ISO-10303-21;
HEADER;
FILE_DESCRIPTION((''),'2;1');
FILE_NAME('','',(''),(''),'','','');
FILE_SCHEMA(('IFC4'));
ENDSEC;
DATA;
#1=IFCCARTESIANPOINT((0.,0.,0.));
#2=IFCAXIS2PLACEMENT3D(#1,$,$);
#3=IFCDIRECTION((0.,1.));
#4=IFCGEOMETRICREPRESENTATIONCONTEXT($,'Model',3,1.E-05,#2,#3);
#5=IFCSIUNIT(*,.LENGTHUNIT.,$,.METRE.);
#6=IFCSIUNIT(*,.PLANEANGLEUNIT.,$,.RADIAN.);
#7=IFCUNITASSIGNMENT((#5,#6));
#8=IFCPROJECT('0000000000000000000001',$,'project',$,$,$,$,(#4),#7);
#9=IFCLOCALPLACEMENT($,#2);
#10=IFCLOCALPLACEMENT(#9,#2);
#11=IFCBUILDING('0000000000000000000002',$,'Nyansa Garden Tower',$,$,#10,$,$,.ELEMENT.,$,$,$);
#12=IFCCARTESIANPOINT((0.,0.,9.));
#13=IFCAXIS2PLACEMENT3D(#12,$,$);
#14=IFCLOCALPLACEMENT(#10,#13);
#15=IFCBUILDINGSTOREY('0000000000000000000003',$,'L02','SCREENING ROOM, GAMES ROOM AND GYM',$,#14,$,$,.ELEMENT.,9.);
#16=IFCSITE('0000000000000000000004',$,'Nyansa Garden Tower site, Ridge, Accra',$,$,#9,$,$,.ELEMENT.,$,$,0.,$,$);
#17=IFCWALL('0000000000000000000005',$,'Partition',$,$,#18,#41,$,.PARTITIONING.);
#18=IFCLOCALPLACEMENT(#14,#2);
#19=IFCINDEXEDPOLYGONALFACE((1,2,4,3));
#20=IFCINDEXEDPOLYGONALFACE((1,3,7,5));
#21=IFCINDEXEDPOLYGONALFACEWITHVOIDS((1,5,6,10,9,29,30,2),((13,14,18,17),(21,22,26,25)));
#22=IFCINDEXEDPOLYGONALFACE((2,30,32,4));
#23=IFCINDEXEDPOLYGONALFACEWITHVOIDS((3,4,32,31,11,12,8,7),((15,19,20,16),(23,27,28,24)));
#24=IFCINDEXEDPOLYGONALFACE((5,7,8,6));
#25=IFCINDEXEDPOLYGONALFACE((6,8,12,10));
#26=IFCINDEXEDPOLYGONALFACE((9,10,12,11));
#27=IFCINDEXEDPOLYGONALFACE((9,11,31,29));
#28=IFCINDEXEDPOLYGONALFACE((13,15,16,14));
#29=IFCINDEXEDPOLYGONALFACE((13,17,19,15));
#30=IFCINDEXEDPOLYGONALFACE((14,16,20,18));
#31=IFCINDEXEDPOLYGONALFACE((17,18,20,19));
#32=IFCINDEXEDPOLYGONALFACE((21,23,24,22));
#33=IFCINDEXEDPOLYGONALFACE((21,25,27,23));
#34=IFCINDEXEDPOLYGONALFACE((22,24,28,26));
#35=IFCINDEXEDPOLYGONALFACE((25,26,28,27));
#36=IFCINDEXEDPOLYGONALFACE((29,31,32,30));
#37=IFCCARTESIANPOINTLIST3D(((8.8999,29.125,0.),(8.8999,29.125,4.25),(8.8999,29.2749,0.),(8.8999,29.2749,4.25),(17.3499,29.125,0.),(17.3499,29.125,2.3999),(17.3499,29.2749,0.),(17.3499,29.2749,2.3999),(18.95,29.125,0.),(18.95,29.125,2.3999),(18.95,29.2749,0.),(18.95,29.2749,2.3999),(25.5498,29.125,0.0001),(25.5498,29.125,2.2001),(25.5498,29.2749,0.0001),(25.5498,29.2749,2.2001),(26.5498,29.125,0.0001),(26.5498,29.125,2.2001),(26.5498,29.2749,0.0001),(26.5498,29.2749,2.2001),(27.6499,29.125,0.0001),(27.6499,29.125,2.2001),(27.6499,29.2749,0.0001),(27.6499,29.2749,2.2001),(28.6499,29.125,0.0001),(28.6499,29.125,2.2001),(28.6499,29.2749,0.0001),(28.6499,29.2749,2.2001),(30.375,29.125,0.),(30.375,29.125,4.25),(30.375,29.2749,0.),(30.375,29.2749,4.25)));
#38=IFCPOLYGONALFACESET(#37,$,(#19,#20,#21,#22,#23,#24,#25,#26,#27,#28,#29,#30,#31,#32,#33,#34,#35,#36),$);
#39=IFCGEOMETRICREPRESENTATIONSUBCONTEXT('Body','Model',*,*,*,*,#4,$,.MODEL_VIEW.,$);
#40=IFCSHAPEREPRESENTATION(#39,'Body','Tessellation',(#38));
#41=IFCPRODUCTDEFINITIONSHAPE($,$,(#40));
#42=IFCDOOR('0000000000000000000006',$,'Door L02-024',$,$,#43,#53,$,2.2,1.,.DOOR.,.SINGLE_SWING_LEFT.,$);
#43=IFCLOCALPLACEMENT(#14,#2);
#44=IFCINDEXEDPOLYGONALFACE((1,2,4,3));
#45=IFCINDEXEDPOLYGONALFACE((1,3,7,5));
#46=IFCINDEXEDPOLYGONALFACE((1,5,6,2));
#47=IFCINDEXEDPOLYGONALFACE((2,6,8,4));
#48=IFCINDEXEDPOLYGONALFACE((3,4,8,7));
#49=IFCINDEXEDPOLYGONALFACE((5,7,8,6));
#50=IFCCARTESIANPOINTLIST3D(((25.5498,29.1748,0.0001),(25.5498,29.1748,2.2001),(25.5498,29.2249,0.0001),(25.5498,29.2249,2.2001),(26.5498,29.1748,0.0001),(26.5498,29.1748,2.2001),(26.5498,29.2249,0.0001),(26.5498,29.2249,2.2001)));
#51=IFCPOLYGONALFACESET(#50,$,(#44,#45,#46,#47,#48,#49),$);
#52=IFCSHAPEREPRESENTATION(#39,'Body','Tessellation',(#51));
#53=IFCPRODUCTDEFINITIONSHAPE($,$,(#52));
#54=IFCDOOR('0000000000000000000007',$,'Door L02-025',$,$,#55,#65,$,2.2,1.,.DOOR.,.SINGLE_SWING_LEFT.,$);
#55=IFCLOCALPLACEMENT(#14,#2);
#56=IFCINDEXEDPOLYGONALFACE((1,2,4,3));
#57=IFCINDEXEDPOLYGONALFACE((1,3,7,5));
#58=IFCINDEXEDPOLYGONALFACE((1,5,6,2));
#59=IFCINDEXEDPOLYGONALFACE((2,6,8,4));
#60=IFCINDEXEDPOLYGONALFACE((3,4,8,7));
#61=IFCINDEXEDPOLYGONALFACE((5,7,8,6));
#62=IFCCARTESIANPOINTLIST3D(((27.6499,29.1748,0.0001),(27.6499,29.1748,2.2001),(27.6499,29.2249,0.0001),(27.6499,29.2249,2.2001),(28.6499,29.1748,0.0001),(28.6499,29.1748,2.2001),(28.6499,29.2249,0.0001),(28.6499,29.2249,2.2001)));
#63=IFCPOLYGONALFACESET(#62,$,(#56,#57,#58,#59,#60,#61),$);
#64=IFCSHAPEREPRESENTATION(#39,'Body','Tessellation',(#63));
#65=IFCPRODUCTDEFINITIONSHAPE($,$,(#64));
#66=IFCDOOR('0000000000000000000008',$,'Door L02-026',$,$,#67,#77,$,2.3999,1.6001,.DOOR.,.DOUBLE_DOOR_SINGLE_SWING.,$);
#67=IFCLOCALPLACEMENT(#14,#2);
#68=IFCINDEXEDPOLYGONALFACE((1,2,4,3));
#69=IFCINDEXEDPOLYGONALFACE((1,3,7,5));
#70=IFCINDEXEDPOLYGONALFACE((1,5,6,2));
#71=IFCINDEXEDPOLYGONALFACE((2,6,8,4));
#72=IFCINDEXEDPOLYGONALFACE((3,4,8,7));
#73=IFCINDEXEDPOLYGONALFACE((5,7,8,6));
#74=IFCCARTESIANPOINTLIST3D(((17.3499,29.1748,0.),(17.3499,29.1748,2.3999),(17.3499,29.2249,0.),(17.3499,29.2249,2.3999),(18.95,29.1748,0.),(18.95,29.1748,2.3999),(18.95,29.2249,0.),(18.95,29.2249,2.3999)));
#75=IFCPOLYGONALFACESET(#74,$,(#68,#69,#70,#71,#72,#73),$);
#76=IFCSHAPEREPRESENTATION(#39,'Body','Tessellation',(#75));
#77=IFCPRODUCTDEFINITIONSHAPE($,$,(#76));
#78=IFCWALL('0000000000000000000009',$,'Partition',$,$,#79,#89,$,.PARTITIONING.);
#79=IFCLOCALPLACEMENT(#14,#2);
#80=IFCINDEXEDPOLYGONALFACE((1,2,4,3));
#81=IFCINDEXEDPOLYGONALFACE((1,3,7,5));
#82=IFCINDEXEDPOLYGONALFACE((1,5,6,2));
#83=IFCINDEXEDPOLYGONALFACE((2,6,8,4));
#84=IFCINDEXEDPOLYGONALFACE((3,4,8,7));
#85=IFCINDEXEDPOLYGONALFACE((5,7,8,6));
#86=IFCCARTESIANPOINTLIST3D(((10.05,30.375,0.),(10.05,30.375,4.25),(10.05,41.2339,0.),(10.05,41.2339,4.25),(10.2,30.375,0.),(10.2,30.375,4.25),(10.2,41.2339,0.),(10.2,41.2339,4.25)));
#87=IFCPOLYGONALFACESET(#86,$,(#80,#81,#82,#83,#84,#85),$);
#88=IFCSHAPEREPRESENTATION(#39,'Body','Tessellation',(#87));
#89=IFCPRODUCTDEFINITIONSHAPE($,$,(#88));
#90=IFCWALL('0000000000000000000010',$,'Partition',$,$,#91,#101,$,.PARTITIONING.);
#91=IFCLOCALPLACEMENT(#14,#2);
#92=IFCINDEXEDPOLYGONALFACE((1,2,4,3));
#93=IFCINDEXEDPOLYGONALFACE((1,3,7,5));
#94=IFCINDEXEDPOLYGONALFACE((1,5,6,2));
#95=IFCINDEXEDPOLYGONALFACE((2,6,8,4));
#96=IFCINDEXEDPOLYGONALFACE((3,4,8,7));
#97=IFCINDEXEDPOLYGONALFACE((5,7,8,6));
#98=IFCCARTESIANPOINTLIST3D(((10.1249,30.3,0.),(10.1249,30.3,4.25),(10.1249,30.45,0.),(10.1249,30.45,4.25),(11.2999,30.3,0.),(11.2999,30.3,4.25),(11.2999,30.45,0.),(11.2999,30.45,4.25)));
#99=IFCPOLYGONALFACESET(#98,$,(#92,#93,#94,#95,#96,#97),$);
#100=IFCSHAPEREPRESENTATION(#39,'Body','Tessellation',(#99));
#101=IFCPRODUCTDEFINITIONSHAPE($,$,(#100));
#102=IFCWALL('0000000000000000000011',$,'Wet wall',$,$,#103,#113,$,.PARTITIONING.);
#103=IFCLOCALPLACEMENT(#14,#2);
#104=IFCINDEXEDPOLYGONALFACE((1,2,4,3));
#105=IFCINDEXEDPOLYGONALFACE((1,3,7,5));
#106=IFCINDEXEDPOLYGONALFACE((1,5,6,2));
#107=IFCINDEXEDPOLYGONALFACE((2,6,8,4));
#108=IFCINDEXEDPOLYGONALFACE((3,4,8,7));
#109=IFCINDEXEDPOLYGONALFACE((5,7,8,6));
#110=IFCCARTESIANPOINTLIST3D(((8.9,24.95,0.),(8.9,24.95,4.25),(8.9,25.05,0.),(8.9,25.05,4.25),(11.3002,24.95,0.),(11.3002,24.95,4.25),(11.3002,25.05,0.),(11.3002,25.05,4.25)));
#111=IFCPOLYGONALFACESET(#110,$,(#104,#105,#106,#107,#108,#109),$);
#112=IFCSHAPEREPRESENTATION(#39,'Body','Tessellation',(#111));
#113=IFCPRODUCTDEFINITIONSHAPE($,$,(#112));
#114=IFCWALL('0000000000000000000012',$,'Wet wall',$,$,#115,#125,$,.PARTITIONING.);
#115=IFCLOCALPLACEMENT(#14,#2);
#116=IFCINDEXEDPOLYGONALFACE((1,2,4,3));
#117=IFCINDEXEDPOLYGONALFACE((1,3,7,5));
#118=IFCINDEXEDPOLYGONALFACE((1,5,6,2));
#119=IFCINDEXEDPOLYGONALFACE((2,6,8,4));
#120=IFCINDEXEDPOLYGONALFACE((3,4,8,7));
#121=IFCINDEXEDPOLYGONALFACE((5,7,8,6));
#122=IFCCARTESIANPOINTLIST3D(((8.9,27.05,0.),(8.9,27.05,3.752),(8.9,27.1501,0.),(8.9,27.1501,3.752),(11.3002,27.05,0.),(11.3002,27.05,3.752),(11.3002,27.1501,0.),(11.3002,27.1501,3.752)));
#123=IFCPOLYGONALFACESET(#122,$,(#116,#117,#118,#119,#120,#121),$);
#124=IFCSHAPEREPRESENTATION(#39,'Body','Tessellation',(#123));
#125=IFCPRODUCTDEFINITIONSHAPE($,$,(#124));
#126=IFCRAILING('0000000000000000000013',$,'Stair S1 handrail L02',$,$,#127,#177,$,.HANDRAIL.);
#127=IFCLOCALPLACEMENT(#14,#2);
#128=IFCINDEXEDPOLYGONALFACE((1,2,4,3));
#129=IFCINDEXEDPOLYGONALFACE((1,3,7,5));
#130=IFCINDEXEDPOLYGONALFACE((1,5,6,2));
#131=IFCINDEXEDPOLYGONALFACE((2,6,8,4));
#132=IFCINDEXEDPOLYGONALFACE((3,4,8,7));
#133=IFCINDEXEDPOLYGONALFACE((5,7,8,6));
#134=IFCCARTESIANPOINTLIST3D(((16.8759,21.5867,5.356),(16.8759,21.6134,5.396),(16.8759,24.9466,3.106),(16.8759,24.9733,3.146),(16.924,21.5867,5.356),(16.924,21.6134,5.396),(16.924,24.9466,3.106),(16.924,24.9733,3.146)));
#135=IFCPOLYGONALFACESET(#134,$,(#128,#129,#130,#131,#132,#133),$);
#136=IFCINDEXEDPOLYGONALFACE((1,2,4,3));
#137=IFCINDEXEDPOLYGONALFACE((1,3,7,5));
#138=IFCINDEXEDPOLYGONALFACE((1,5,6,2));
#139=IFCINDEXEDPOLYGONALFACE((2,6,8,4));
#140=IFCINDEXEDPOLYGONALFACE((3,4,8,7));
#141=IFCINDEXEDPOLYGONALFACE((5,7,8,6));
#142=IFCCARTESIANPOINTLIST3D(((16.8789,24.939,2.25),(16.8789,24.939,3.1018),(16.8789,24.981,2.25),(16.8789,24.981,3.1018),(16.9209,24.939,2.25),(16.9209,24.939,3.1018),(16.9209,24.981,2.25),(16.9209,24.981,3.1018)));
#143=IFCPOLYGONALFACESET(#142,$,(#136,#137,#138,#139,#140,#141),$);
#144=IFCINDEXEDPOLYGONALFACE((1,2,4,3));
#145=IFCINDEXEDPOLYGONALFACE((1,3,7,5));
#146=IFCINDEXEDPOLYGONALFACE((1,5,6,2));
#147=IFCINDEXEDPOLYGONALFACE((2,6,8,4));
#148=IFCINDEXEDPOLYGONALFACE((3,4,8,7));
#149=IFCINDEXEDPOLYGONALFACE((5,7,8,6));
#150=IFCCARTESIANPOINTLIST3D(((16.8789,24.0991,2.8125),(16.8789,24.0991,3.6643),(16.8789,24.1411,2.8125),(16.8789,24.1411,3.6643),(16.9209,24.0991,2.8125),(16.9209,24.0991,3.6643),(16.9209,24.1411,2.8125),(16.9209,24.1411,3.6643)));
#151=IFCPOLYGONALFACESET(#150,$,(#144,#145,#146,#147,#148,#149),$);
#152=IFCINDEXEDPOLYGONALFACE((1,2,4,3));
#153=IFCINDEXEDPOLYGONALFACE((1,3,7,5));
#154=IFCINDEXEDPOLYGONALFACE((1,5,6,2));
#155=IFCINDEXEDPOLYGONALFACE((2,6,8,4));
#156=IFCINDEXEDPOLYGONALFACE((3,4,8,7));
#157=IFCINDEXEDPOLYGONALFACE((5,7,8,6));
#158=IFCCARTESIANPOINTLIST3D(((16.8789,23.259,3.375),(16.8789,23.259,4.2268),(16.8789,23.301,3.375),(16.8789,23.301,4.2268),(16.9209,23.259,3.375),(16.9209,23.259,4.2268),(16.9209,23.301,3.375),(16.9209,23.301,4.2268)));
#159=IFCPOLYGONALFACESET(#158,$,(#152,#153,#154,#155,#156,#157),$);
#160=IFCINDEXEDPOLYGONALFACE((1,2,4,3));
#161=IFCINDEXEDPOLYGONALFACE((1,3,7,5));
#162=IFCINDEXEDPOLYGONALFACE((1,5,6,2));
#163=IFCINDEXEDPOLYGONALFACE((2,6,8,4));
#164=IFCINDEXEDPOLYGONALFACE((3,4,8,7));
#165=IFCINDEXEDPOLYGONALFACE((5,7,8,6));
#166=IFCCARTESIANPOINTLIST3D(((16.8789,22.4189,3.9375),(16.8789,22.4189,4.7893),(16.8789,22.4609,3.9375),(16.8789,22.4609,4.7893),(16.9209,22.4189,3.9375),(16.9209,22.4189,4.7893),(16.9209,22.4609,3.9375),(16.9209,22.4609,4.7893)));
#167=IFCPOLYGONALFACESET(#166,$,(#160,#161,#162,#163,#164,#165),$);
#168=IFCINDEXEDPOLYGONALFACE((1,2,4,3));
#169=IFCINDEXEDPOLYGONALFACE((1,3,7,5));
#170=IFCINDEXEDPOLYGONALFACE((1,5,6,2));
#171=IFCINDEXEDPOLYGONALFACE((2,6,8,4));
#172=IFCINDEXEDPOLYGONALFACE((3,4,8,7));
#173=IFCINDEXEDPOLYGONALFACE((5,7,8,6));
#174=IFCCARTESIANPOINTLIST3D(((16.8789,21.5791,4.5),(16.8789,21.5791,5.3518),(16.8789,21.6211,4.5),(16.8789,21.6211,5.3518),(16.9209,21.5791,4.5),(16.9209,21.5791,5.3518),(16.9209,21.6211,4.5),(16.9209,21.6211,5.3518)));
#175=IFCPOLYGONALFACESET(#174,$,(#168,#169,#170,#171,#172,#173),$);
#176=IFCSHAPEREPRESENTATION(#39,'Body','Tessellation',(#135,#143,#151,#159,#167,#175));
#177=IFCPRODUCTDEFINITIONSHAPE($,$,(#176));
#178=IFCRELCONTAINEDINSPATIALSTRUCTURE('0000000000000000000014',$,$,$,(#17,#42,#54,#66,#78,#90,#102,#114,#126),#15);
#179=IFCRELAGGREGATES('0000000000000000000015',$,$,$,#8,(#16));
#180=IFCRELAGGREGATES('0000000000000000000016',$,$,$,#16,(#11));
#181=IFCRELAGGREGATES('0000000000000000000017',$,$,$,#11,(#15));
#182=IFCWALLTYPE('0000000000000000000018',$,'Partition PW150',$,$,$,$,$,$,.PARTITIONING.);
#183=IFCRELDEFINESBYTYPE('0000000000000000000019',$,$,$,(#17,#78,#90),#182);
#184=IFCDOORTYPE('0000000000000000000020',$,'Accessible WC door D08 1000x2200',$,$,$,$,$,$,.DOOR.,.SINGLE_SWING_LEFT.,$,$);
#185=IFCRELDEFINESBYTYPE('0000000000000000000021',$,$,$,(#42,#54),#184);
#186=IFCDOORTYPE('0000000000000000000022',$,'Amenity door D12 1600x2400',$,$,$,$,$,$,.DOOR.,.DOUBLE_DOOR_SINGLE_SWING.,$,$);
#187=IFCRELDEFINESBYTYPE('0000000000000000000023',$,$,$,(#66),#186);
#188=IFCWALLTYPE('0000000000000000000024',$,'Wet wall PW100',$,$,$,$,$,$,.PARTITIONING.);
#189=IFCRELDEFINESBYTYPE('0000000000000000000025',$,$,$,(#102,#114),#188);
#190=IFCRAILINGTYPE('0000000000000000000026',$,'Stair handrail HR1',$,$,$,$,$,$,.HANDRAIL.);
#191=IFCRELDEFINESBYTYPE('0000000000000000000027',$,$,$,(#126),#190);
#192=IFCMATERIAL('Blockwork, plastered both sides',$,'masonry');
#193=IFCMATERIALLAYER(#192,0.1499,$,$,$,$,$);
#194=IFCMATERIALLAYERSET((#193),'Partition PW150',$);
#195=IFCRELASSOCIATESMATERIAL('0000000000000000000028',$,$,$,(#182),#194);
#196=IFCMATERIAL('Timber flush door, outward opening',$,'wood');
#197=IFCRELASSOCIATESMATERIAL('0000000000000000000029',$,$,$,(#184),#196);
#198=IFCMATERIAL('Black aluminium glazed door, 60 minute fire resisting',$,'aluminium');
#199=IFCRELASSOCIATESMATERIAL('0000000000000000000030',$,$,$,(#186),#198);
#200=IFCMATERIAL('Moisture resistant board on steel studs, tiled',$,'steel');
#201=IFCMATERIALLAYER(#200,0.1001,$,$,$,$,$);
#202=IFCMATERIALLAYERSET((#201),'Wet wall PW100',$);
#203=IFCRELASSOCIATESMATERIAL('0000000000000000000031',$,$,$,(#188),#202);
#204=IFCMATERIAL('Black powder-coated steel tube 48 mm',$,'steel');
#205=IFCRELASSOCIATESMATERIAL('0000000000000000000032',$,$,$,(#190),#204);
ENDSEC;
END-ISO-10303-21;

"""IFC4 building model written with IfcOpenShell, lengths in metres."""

from ifc_helpers import new_model, si_unit, direction, frame, frame_2d, origin, origin_2d, place, context, subcontext, project, spatial, rectangle, extrude, material, layer, layer_set, type_object, element, fill, save


model = new_model("IFC4")

# Units and contexts
model_context = context("Model", 3, precision=1e-05, world=origin(), true_north=direction((0.0, 1.0)))
body_context = subcontext(model_context, "Body", "Model", "MODEL_VIEW")
ifc_project = project(units=[si_unit("LENGTHUNIT", "METRE"), si_unit("PLANEANGLEUNIT", "RADIAN")], contexts=[model_context])

# Site, building, storey
site_placement = place(None, origin())
site = spatial("IfcSite", under=ifc_project, at=site_placement, Name="Nyansa Garden Tower site, Ridge, Accra", CompositionType="ELEMENT", RefElevation=0.0)
building_placement = place(site_placement, origin())
building = spatial("IfcBuilding", under=site, at=building_placement, Name="Nyansa Garden Tower", CompositionType="ELEMENT")
storey_placement = place(building_placement, frame((0.0, 0.0, 9.0)))
storey = spatial("IfcBuildingStorey", under=building, at=storey_placement, Name="L02", Description="SCREENING ROOM, GAMES ROOM AND GYM", CompositionType="ELEMENT", Elevation=9.0)

# Shared definitions
ifc_material_1 = material(Name="Blockwork, plastered both sides", Category="masonry")
ifc_layer_1 = layer(ifc_material_1, 0.1499)
ifc_layer_set_1 = layer_set([ifc_layer_1], Name="Partition PW150")
wall_type_1 = type_object("IfcWallType", Name="Partition PW150", PredefinedType="PARTITIONING", material=ifc_layer_set_1)

# Wall, openings, doors
wall_1_placement = place(storey_placement, frame((8.8999, 29.2, 0.0), z_axis=(0.0, 0.0, 1.0), x_axis=(1.0, 0.0, 0.0)))
wall_1 = element("IfcWall", 1, at=wall_1_placement, inside=storey, type_object=wall_type_1, Name="Partition", PredefinedType="PARTITIONING", context=body_context, shape_type="SweptSolid", body=[
    extrude(rectangle(XDim=21.4751, YDim=0.1499, at=frame_2d((10.7375, 0.0))), origin(), (0.0, 0.0, 1.0), 4.25),
])
opening_1_placement = place(wall_1_placement, frame((16.6499, 0.0, 0.0)))
opening_1 = element("IfcOpeningElement", 2, at=opening_1_placement, cuts=wall_1, PredefinedType="OPENING", context=body_context, shape_type="SweptSolid", body=[
    extrude(rectangle(XDim=1.0, YDim=2.2, at=frame_2d((0.5, 1.1001))), frame((0.0, 0.085, 0.0), z_axis=(0.0, -1.0, 0.0), x_axis=(1.0, 0.0, 0.0)), (0.0, 0.0, 1.0), 0.1699),
])
opening_2_placement = place(wall_1_placement, frame((18.75, 0.0, 0.0)))
opening_2 = element("IfcOpeningElement", 3, at=opening_2_placement, cuts=wall_1, PredefinedType="OPENING", context=body_context, shape_type="SweptSolid", body=[
    extrude(rectangle(XDim=1.0, YDim=2.2, at=frame_2d((0.5, 1.1001))), frame((0.0, 0.085, 0.0), z_axis=(0.0, -1.0, 0.0), x_axis=(1.0, 0.0, 0.0)), (0.0, 0.0, 1.0), 0.1699),
])
opening_3_placement = place(wall_1_placement, frame((8.45, 0.0, 0.0)))
opening_3 = element("IfcOpeningElement", 4, at=opening_3_placement, cuts=wall_1, PredefinedType="OPENING", context=body_context, shape_type="SweptSolid", body=[
    extrude(rectangle(XDim=1.6001, YDim=2.3999, at=frame_2d((0.8, 1.2))), frame((0.0, 0.085, 0.0), z_axis=(0.0, -1.0, 0.0), x_axis=(1.0, 0.0, 0.0)), (0.0, 0.0, 1.0), 0.1699),
])
ifc_material_2 = material(Name="Timber flush door, outward opening", Category="wood")
door_type_1 = type_object("IfcDoorType", Name="Accessible WC door D08 1000x2200", OperationType="SINGLE_SWING_LEFT", PredefinedType="DOOR", material=ifc_material_2)
door_1_placement = place(opening_1_placement, origin())
door_1 = element("IfcDoor", 5, at=door_1_placement, inside=storey, type_object=door_type_1, Name="Door L02-024", OperationType="SINGLE_SWING_LEFT", OverallHeight=2.2, OverallWidth=1.0, PredefinedType="DOOR", context=body_context, shape_type="SweptSolid", body=[
    extrude(rectangle(XDim=1.0, YDim=2.2, at=frame_2d((0.5, 1.1001))), frame((0.0, 0.0249, 0.0), z_axis=(0.0, -1.0, 0.0), x_axis=(1.0, 0.0, 0.0)), (0.0, 0.0, 1.0), 0.05),
])
fill(opening_1, door_1)
door_2_placement = place(opening_2_placement, origin())
door_2 = element("IfcDoor", 6, at=door_2_placement, inside=storey, type_object=door_type_1, Name="Door L02-025", OperationType="SINGLE_SWING_LEFT", OverallHeight=2.2, OverallWidth=1.0, PredefinedType="DOOR", context=body_context, shape_type="SweptSolid", body=[
    extrude(rectangle(XDim=1.0, YDim=2.2, at=frame_2d((0.5, 1.1001))), frame((0.0, 0.0249, 0.0), z_axis=(0.0, -1.0, 0.0), x_axis=(1.0, 0.0, 0.0)), (0.0, 0.0, 1.0), 0.05),
])
fill(opening_2, door_2)
ifc_material_3 = material(Name="Black aluminium glazed door, 60 minute fire resisting", Category="aluminium")
door_type_2 = type_object("IfcDoorType", Name="Amenity door D12 1600x2400", OperationType="DOUBLE_DOOR_SINGLE_SWING", PredefinedType="DOOR", material=ifc_material_3)
door_3_placement = place(opening_3_placement, origin())
door_3 = element("IfcDoor", 7, at=door_3_placement, inside=storey, type_object=door_type_2, Name="Door L02-026", OperationType="DOUBLE_DOOR_SINGLE_SWING", OverallHeight=2.3999, OverallWidth=1.6001, PredefinedType="DOOR", context=body_context, shape_type="SweptSolid", body=[
    extrude(rectangle(XDim=1.6001, YDim=2.3999, at=frame_2d((0.8, 1.2))), frame((0.0, 0.0249, 0.0), z_axis=(0.0, -1.0, 0.0), x_axis=(1.0, 0.0, 0.0)), (0.0, 0.0, 1.0), 0.05),
])
fill(opening_3, door_3)

# Walls
wall_2_placement = place(storey_placement, frame((10.125, 30.375, 0.0), z_axis=(0.0, 0.0, 1.0), x_axis=(0.0, 1.0, 0.0)))
element("IfcWall", 8, at=wall_2_placement, inside=storey, type_object=wall_type_1, Name="Partition", PredefinedType="PARTITIONING", context=body_context, shape_type="SweptSolid", body=[
    extrude(rectangle(XDim=10.8589, YDim=0.1499, at=frame_2d((5.4294, 0.0))), origin(), (0.0, 0.0, 1.0), 4.25),
])
wall_3_placement = place(storey_placement, frame((10.125, 30.375, 0.0), z_axis=(0.0, 0.0, 1.0), x_axis=(1.0, 0.0, 0.0)))
element("IfcWall", 9, at=wall_3_placement, inside=storey, type_object=wall_type_1, Name="Partition", PredefinedType="PARTITIONING", context=body_context, shape_type="SweptSolid", body=[
    extrude(rectangle(XDim=1.175, YDim=0.1499, at=frame_2d((0.5874, 0.0))), origin(), (0.0, 0.0, 1.0), 4.25),
])
ifc_material_4 = material(Name="Moisture resistant board on steel studs, tiled", Category="steel")
ifc_layer_2 = layer(ifc_material_4, 0.1001)
ifc_layer_set_2 = layer_set([ifc_layer_2], Name="Wet wall PW100")
wall_type_2 = type_object("IfcWallType", Name="Wet wall PW100", PredefinedType="PARTITIONING", material=ifc_layer_set_2)
wall_4_placement = place(storey_placement, frame((8.8999, 25.0, 0.0), z_axis=(0.0, 0.0, 1.0), x_axis=(1.0, 0.0, 0.0)))
element("IfcWall", 10, at=wall_4_placement, inside=storey, type_object=wall_type_2, Name="Wet wall", PredefinedType="PARTITIONING", context=body_context, shape_type="SweptSolid", body=[
    extrude(rectangle(XDim=2.4001, YDim=0.1001, at=frame_2d((1.2002, 0.0))), origin(), (0.0, 0.0, 1.0), 4.25),
])
wall_5_placement = place(storey_placement, frame((8.8999, 27.1001, 0.0), z_axis=(0.0, 0.0, 1.0), x_axis=(1.0, 0.0, 0.0)))
element("IfcWall", 11, at=wall_5_placement, inside=storey, type_object=wall_type_2, Name="Wet wall", PredefinedType="PARTITIONING", context=body_context, shape_type="SweptSolid", body=[
    extrude(rectangle(XDim=2.4001, YDim=0.1001, at=frame_2d((1.2002, 0.0))), origin(), (0.0, 0.0, 1.0), 3.752),
])

# Railing
ifc_material_5 = material(Name="Black powder-coated steel tube 48 mm", Category="steel")
railing_type = type_object("IfcRailingType", Name="Stair handrail HR1", PredefinedType="HANDRAIL", material=ifc_material_5)
railing_placement = place(storey_placement, frame((16.8999, 24.96, 2.25)))
element("IfcRailing", 12, at=railing_placement, inside=storey, type_object=railing_type, Name="Stair S1 handrail L02", PredefinedType="HANDRAIL", context=body_context, shape_type="SweptSolid", body=[
    extrude(rectangle(XDim=0.0481, YDim=0.0481, at=origin_2d()), frame((0.0, 0.0, 0.876), z_axis=(0.0, -0.830897, 0.556427), x_axis=(1.0, 0.0, 0.0)), (0.0, 0.0, 1.0), 4.0437),
    extrude(rectangle(XDim=0.042, YDim=0.042, at=origin_2d()), origin(), (0.0, 0.0, 1.0), 0.8518),
    extrude(rectangle(XDim=0.042, YDim=0.042, at=origin_2d()), frame((0.0, -0.8398, 0.5625)), (0.0, 0.0, 1.0), 0.8518),
    extrude(rectangle(XDim=0.042, YDim=0.042, at=origin_2d()), frame((0.0, -1.6799, 1.125)), (0.0, 0.0, 1.0), 0.8518),
    extrude(rectangle(XDim=0.042, YDim=0.042, at=origin_2d()), frame((0.0, -2.52, 1.6875)), (0.0, 0.0, 1.0), 0.8518),
    extrude(rectangle(XDim=0.042, YDim=0.042, at=origin_2d()), frame((0.0, -3.3599, 2.25)), (0.0, 0.0, 1.0), 0.8518),
])

save(model, "model.ifc")
